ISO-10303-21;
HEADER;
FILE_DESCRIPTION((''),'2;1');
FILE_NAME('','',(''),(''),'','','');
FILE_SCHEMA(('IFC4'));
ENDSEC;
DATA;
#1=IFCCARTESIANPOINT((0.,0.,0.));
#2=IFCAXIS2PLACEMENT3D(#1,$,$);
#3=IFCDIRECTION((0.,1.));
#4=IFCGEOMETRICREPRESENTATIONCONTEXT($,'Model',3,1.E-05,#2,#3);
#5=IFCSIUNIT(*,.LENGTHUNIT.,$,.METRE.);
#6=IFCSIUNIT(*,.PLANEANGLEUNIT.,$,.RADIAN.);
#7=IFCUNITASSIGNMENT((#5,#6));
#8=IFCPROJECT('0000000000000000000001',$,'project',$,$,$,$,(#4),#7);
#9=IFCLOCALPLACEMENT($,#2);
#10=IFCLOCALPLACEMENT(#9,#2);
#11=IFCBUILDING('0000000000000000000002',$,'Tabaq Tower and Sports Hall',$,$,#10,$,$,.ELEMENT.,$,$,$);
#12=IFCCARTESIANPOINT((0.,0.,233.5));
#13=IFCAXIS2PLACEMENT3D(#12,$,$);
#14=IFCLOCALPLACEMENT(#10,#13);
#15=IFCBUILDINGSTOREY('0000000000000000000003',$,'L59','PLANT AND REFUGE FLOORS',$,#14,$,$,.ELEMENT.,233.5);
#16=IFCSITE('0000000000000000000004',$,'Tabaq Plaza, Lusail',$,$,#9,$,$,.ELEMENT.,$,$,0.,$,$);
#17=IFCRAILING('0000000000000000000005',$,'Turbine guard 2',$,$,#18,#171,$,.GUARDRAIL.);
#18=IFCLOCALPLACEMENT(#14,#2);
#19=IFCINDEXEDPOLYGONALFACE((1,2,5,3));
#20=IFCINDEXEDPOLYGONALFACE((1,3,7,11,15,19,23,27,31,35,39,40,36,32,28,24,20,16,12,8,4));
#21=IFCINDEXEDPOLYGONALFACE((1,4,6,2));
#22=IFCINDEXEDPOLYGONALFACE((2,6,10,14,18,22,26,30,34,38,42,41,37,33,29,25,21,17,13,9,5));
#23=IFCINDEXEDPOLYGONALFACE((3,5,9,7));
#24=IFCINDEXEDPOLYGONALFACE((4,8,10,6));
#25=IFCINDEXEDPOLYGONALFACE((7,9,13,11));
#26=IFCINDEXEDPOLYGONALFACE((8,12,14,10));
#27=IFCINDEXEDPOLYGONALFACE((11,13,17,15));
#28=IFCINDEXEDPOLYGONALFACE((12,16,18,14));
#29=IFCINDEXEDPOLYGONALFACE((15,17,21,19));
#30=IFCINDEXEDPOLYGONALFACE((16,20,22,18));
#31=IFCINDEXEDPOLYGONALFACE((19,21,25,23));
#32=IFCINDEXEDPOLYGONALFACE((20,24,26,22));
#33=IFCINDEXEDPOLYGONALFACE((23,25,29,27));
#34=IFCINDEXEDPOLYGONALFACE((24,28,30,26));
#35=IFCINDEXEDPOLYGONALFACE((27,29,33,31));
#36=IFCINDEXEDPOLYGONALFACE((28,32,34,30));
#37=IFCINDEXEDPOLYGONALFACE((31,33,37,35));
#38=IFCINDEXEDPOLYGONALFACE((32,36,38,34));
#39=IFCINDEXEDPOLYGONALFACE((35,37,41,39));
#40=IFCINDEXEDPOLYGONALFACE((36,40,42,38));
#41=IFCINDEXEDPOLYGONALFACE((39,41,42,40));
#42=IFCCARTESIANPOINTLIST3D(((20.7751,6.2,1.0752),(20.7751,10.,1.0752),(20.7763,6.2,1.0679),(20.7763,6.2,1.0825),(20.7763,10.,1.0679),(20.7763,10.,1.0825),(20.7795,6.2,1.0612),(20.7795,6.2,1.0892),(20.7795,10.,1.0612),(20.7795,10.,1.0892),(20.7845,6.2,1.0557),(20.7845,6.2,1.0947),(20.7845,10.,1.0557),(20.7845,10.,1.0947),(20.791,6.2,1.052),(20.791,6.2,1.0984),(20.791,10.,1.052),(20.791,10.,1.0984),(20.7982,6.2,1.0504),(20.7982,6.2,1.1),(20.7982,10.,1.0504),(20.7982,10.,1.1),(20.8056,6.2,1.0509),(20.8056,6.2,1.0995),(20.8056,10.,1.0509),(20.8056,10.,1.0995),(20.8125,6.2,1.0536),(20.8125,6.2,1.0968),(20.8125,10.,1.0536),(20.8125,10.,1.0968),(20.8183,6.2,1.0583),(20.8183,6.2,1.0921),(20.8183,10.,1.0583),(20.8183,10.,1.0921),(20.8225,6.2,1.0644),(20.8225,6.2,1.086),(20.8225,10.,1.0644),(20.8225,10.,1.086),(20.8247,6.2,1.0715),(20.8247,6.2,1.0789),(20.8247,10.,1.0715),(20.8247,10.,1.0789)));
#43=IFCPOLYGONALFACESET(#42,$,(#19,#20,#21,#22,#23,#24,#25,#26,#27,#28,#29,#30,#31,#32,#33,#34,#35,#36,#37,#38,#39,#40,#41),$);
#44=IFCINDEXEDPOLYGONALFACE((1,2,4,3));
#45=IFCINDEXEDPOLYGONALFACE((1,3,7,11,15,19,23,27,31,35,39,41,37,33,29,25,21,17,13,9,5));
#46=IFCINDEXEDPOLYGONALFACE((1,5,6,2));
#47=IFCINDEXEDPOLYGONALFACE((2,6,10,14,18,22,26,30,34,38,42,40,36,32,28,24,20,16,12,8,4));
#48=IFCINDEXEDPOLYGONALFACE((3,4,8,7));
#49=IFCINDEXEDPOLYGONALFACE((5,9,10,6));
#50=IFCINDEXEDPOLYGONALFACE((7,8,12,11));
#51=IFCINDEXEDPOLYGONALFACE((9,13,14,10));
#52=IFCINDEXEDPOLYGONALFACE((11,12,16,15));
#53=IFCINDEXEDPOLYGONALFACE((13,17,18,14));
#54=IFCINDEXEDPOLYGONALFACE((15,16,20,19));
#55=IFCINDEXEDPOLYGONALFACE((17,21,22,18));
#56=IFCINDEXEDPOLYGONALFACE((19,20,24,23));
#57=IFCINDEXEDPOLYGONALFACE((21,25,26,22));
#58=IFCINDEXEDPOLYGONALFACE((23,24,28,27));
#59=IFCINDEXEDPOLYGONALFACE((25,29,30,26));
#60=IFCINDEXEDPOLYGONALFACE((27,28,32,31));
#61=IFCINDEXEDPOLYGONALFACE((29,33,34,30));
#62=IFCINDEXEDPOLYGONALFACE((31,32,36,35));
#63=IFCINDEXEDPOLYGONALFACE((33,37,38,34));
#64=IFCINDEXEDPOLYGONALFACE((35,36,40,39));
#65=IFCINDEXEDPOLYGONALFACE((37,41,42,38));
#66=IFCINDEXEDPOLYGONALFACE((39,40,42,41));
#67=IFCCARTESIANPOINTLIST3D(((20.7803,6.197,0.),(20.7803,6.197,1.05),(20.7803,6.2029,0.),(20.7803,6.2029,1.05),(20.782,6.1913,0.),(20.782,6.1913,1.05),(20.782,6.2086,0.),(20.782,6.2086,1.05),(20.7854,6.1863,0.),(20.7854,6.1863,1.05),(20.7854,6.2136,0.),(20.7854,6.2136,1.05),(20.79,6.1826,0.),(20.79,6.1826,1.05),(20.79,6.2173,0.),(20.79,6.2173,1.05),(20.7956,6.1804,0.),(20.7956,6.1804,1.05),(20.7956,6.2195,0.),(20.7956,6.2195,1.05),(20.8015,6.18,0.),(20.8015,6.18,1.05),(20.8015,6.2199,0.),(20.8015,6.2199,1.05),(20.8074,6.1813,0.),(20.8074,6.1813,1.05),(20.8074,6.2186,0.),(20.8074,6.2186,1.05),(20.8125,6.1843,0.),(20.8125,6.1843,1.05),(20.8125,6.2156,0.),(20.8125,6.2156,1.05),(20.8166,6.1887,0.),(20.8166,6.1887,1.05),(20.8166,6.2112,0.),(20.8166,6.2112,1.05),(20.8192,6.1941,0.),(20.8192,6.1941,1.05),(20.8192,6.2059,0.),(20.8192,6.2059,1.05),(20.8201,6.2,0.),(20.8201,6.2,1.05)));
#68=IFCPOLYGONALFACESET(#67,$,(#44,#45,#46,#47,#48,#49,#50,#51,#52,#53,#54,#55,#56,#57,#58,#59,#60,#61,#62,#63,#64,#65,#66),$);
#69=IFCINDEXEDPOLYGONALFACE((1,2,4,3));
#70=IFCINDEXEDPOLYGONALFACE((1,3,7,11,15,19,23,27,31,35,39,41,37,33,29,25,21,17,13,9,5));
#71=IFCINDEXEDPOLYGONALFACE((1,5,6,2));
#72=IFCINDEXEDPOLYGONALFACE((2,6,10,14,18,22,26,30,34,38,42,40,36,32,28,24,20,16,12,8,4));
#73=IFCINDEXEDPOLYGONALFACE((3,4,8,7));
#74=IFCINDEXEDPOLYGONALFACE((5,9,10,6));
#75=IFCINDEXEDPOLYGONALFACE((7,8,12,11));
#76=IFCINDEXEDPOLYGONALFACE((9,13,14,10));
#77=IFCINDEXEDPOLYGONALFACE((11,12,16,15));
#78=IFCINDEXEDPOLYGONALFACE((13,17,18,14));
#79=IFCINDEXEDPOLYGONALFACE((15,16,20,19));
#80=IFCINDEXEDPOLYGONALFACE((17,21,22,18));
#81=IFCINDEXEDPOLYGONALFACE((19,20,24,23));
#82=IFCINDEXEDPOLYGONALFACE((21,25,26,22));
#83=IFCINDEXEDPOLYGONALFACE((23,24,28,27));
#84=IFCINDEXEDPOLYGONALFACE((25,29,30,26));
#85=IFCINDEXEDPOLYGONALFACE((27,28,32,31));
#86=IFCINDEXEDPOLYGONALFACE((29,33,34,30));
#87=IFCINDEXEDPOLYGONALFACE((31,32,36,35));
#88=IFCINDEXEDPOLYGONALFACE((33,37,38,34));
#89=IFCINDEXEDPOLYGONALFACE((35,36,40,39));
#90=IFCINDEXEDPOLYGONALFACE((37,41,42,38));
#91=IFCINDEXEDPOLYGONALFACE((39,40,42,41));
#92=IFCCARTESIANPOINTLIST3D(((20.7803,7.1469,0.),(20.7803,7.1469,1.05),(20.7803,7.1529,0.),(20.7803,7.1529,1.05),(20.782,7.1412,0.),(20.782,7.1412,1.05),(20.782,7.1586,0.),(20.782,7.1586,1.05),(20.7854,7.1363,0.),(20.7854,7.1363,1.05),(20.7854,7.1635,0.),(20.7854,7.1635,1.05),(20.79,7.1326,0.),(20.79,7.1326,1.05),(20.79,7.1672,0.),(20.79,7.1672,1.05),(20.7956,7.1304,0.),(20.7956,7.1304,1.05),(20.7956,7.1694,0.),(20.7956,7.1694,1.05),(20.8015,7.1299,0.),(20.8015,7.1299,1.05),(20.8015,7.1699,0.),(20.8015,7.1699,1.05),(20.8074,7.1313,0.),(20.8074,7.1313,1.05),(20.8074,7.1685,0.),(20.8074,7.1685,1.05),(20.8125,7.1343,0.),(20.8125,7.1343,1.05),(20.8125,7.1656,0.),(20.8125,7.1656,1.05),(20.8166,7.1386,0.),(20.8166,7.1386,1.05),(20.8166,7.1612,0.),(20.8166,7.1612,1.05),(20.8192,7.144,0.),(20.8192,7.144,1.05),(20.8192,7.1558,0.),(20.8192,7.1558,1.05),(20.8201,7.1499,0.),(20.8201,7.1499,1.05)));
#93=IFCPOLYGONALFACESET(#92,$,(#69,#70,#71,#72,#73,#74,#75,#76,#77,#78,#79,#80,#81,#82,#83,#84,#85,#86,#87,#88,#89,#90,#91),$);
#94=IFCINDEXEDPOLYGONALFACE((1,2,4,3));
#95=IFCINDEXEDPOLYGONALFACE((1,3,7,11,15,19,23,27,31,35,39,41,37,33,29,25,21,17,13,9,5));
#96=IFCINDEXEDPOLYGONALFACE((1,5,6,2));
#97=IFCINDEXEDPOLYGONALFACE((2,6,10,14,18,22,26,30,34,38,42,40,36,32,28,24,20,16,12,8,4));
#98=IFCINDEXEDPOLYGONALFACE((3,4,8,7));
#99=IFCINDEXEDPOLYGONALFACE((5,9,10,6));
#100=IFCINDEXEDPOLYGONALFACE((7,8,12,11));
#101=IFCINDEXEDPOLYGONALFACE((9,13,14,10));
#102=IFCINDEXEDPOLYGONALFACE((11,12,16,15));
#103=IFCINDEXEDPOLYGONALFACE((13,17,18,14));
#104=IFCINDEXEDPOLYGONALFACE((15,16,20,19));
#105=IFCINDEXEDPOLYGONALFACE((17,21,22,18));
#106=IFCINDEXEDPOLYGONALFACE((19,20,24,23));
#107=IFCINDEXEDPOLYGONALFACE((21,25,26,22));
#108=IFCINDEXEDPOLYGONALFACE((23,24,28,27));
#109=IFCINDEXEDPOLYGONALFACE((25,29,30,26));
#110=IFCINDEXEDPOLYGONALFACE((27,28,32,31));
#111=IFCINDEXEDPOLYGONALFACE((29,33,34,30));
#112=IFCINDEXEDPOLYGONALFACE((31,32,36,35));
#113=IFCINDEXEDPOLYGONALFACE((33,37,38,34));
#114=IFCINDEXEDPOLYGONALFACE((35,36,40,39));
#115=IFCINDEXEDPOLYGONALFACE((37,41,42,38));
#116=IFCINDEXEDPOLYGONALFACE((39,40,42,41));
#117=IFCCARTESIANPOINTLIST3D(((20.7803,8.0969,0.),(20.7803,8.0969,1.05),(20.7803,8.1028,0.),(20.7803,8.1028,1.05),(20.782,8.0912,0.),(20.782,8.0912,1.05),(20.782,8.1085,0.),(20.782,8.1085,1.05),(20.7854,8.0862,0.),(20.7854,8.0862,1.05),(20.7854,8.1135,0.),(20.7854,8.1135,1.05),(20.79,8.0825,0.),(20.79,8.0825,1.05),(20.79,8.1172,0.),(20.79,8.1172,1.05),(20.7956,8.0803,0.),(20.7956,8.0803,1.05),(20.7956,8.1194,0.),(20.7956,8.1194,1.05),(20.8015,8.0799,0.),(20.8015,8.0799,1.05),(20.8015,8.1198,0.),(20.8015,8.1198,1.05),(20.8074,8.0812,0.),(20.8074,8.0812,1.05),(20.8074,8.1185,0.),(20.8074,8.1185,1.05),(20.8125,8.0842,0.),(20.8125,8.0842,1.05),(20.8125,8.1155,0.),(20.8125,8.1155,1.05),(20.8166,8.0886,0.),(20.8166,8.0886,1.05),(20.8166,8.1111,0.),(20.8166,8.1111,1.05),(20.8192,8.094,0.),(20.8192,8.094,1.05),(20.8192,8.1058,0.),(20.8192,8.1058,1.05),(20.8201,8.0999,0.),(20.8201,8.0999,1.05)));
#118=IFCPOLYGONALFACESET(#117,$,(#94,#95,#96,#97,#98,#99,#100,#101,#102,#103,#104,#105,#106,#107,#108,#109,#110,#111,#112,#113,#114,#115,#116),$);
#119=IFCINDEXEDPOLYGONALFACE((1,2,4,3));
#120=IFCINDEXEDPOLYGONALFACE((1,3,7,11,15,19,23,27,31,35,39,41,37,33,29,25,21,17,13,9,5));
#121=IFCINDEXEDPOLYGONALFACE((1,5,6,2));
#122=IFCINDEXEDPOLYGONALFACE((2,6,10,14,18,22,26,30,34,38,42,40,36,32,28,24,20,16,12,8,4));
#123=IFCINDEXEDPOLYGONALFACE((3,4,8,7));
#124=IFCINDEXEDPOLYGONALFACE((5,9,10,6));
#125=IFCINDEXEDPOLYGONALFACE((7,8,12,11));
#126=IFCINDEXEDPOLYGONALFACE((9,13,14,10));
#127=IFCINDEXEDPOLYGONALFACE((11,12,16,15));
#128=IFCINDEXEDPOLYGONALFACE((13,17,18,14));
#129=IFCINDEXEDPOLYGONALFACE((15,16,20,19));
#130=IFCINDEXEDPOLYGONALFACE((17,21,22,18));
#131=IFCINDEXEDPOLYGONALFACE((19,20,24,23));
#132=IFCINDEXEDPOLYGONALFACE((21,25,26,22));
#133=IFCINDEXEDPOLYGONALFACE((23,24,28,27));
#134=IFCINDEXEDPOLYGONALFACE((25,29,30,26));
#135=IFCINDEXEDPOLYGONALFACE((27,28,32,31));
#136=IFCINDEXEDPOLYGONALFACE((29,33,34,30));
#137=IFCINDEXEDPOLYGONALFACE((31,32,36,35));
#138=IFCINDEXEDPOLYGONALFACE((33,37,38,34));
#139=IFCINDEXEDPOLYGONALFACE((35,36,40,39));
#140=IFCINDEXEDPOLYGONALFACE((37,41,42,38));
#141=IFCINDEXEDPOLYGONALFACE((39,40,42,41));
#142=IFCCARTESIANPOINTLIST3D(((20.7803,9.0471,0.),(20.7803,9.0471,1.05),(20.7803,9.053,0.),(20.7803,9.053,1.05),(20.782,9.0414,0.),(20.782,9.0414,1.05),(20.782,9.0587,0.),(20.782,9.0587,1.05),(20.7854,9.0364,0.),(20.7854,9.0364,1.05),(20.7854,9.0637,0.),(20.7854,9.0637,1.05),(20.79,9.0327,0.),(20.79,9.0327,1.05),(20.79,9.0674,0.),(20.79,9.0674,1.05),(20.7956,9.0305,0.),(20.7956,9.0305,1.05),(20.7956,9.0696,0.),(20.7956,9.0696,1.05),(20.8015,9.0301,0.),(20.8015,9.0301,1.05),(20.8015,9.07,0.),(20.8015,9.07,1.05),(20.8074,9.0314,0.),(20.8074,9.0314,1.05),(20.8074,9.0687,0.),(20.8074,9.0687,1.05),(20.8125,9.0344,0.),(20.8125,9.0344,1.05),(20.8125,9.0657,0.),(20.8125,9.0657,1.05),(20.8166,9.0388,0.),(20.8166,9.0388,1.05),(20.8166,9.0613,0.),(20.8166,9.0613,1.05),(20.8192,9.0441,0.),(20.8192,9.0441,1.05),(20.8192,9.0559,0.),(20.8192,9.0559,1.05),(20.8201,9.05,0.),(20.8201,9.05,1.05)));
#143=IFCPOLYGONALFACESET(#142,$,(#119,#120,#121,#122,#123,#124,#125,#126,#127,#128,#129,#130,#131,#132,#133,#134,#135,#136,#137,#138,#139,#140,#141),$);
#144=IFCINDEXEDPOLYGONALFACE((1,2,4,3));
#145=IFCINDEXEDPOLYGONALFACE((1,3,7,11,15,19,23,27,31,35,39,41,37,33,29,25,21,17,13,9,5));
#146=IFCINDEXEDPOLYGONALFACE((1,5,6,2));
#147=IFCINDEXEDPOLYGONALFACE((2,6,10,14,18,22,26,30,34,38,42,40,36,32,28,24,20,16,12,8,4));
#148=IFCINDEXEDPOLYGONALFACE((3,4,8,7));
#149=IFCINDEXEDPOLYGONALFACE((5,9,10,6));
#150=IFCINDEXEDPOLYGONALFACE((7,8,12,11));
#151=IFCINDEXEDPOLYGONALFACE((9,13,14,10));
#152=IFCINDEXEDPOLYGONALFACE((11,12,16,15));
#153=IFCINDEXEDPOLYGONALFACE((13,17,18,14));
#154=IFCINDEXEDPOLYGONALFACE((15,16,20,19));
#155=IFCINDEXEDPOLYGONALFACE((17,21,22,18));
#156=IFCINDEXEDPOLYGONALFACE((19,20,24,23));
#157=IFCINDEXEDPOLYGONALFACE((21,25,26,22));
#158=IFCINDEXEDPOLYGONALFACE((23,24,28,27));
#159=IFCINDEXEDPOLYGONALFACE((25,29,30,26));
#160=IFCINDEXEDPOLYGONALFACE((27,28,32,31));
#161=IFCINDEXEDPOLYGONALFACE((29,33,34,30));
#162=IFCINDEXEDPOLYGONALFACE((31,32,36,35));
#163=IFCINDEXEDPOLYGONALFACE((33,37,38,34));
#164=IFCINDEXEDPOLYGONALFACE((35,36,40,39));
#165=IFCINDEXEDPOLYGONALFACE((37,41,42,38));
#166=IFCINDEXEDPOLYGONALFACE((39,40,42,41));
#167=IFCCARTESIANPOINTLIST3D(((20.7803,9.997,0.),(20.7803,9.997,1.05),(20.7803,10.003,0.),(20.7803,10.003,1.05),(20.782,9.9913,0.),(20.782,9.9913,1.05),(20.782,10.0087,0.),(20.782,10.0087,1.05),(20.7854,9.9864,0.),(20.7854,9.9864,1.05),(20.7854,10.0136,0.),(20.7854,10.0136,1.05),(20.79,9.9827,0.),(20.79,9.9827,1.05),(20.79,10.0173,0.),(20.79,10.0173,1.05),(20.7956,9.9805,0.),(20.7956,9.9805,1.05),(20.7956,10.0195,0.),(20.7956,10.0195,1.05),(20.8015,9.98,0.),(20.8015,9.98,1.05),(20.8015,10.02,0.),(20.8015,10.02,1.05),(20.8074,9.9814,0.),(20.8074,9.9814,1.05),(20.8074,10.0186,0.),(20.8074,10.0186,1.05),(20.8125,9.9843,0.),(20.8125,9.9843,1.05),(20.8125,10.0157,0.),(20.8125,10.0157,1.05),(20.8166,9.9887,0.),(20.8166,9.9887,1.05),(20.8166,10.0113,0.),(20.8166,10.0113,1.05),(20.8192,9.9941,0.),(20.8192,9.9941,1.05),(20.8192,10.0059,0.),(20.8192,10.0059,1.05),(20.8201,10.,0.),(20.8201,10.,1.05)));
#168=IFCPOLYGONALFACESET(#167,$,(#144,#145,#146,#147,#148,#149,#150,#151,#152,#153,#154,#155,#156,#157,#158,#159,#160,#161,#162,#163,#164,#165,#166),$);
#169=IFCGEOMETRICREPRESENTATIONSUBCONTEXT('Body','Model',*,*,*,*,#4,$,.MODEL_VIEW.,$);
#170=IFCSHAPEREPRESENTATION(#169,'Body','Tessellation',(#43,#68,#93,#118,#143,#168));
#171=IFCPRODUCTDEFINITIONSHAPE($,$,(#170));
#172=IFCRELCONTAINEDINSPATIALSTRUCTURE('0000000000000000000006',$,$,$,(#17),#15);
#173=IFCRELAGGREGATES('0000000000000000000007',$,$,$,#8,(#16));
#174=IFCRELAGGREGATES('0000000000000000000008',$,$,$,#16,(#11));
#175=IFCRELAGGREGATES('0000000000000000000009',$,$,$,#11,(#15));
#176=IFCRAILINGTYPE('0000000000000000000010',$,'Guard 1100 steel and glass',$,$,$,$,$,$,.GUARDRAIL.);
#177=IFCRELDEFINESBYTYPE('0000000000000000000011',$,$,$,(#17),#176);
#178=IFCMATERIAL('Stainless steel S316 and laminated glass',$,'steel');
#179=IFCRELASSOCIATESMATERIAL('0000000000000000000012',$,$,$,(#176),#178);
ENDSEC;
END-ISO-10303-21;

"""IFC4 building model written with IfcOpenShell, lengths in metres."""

from ifc_helpers import new_model, si_unit, direction, frame, origin, origin_2d, place, context, subcontext, project, spatial, circle, extrude, material, type_object, element, save


model = new_model("IFC4")

# Units and contexts
model_context = context("Model", 3, precision=1e-05, world=origin(), true_north=direction((0.0, 1.0)))
body_context = subcontext(model_context, "Body", "Model", "MODEL_VIEW")
ifc_project = project(units=[si_unit("LENGTHUNIT", "METRE"), si_unit("PLANEANGLEUNIT", "RADIAN")], contexts=[model_context])

# Site, building, storey
site_placement = place(None, origin())
site = spatial("IfcSite", under=ifc_project, at=site_placement, Name="Tabaq Plaza, Lusail", CompositionType="ELEMENT", RefElevation=0.0)
building_placement = place(site_placement, origin())
building = spatial("IfcBuilding", under=site, at=building_placement, Name="Tabaq Tower and Sports Hall", CompositionType="ELEMENT")
storey_placement = place(building_placement, frame((0.0, 0.0, 233.5)))
storey = spatial("IfcBuildingStorey", under=building, at=storey_placement, Name="L59", Description="PLANT AND REFUGE FLOORS", CompositionType="ELEMENT", Elevation=233.5)

# Railing
ifc_material_1 = material(Name="Stainless steel S316 and laminated glass", Category="steel")
railing_type = type_object("IfcRailingType", Name="Guard 1100 steel and glass", PredefinedType="GUARDRAIL", material=ifc_material_1)
railing_1_placement = place(storey_placement, frame((20.8, 6.2, 0.0)))
element("IfcRailing", 1, at=railing_1_placement, inside=storey, type_object=railing_type, Name="Turbine guard 2", PredefinedType="GUARDRAIL", context=body_context, shape_type="SweptSolid", body=[
    extrude(circle(Radius=0.0249, at=origin_2d()), frame((0.0, 0.0, 1.0752), z_axis=(0.0, 1.0, 0.0), x_axis=(-1.0, 0.0, 0.0)), (0.0, 0.0, 1.0), 3.8),
    extrude(circle(Radius=0.02, at=origin_2d()), origin(), (0.0, 0.0, 1.0), 1.05),
    extrude(circle(Radius=0.02, at=origin_2d()), frame((0.0, 0.95, 0.0)), (0.0, 0.0, 1.0), 1.05),
    extrude(circle(Radius=0.02, at=origin_2d()), frame((0.0, 1.8999, 0.0)), (0.0, 0.0, 1.0), 1.05),
    extrude(circle(Radius=0.02, at=origin_2d()), frame((0.0, 2.8501, 0.0)), (0.0, 0.0, 1.0), 1.05),
    extrude(circle(Radius=0.02, at=origin_2d()), frame((0.0, 3.8, 0.0)), (0.0, 0.0, 1.0), 1.05),
])

save(model, "model.ifc")
